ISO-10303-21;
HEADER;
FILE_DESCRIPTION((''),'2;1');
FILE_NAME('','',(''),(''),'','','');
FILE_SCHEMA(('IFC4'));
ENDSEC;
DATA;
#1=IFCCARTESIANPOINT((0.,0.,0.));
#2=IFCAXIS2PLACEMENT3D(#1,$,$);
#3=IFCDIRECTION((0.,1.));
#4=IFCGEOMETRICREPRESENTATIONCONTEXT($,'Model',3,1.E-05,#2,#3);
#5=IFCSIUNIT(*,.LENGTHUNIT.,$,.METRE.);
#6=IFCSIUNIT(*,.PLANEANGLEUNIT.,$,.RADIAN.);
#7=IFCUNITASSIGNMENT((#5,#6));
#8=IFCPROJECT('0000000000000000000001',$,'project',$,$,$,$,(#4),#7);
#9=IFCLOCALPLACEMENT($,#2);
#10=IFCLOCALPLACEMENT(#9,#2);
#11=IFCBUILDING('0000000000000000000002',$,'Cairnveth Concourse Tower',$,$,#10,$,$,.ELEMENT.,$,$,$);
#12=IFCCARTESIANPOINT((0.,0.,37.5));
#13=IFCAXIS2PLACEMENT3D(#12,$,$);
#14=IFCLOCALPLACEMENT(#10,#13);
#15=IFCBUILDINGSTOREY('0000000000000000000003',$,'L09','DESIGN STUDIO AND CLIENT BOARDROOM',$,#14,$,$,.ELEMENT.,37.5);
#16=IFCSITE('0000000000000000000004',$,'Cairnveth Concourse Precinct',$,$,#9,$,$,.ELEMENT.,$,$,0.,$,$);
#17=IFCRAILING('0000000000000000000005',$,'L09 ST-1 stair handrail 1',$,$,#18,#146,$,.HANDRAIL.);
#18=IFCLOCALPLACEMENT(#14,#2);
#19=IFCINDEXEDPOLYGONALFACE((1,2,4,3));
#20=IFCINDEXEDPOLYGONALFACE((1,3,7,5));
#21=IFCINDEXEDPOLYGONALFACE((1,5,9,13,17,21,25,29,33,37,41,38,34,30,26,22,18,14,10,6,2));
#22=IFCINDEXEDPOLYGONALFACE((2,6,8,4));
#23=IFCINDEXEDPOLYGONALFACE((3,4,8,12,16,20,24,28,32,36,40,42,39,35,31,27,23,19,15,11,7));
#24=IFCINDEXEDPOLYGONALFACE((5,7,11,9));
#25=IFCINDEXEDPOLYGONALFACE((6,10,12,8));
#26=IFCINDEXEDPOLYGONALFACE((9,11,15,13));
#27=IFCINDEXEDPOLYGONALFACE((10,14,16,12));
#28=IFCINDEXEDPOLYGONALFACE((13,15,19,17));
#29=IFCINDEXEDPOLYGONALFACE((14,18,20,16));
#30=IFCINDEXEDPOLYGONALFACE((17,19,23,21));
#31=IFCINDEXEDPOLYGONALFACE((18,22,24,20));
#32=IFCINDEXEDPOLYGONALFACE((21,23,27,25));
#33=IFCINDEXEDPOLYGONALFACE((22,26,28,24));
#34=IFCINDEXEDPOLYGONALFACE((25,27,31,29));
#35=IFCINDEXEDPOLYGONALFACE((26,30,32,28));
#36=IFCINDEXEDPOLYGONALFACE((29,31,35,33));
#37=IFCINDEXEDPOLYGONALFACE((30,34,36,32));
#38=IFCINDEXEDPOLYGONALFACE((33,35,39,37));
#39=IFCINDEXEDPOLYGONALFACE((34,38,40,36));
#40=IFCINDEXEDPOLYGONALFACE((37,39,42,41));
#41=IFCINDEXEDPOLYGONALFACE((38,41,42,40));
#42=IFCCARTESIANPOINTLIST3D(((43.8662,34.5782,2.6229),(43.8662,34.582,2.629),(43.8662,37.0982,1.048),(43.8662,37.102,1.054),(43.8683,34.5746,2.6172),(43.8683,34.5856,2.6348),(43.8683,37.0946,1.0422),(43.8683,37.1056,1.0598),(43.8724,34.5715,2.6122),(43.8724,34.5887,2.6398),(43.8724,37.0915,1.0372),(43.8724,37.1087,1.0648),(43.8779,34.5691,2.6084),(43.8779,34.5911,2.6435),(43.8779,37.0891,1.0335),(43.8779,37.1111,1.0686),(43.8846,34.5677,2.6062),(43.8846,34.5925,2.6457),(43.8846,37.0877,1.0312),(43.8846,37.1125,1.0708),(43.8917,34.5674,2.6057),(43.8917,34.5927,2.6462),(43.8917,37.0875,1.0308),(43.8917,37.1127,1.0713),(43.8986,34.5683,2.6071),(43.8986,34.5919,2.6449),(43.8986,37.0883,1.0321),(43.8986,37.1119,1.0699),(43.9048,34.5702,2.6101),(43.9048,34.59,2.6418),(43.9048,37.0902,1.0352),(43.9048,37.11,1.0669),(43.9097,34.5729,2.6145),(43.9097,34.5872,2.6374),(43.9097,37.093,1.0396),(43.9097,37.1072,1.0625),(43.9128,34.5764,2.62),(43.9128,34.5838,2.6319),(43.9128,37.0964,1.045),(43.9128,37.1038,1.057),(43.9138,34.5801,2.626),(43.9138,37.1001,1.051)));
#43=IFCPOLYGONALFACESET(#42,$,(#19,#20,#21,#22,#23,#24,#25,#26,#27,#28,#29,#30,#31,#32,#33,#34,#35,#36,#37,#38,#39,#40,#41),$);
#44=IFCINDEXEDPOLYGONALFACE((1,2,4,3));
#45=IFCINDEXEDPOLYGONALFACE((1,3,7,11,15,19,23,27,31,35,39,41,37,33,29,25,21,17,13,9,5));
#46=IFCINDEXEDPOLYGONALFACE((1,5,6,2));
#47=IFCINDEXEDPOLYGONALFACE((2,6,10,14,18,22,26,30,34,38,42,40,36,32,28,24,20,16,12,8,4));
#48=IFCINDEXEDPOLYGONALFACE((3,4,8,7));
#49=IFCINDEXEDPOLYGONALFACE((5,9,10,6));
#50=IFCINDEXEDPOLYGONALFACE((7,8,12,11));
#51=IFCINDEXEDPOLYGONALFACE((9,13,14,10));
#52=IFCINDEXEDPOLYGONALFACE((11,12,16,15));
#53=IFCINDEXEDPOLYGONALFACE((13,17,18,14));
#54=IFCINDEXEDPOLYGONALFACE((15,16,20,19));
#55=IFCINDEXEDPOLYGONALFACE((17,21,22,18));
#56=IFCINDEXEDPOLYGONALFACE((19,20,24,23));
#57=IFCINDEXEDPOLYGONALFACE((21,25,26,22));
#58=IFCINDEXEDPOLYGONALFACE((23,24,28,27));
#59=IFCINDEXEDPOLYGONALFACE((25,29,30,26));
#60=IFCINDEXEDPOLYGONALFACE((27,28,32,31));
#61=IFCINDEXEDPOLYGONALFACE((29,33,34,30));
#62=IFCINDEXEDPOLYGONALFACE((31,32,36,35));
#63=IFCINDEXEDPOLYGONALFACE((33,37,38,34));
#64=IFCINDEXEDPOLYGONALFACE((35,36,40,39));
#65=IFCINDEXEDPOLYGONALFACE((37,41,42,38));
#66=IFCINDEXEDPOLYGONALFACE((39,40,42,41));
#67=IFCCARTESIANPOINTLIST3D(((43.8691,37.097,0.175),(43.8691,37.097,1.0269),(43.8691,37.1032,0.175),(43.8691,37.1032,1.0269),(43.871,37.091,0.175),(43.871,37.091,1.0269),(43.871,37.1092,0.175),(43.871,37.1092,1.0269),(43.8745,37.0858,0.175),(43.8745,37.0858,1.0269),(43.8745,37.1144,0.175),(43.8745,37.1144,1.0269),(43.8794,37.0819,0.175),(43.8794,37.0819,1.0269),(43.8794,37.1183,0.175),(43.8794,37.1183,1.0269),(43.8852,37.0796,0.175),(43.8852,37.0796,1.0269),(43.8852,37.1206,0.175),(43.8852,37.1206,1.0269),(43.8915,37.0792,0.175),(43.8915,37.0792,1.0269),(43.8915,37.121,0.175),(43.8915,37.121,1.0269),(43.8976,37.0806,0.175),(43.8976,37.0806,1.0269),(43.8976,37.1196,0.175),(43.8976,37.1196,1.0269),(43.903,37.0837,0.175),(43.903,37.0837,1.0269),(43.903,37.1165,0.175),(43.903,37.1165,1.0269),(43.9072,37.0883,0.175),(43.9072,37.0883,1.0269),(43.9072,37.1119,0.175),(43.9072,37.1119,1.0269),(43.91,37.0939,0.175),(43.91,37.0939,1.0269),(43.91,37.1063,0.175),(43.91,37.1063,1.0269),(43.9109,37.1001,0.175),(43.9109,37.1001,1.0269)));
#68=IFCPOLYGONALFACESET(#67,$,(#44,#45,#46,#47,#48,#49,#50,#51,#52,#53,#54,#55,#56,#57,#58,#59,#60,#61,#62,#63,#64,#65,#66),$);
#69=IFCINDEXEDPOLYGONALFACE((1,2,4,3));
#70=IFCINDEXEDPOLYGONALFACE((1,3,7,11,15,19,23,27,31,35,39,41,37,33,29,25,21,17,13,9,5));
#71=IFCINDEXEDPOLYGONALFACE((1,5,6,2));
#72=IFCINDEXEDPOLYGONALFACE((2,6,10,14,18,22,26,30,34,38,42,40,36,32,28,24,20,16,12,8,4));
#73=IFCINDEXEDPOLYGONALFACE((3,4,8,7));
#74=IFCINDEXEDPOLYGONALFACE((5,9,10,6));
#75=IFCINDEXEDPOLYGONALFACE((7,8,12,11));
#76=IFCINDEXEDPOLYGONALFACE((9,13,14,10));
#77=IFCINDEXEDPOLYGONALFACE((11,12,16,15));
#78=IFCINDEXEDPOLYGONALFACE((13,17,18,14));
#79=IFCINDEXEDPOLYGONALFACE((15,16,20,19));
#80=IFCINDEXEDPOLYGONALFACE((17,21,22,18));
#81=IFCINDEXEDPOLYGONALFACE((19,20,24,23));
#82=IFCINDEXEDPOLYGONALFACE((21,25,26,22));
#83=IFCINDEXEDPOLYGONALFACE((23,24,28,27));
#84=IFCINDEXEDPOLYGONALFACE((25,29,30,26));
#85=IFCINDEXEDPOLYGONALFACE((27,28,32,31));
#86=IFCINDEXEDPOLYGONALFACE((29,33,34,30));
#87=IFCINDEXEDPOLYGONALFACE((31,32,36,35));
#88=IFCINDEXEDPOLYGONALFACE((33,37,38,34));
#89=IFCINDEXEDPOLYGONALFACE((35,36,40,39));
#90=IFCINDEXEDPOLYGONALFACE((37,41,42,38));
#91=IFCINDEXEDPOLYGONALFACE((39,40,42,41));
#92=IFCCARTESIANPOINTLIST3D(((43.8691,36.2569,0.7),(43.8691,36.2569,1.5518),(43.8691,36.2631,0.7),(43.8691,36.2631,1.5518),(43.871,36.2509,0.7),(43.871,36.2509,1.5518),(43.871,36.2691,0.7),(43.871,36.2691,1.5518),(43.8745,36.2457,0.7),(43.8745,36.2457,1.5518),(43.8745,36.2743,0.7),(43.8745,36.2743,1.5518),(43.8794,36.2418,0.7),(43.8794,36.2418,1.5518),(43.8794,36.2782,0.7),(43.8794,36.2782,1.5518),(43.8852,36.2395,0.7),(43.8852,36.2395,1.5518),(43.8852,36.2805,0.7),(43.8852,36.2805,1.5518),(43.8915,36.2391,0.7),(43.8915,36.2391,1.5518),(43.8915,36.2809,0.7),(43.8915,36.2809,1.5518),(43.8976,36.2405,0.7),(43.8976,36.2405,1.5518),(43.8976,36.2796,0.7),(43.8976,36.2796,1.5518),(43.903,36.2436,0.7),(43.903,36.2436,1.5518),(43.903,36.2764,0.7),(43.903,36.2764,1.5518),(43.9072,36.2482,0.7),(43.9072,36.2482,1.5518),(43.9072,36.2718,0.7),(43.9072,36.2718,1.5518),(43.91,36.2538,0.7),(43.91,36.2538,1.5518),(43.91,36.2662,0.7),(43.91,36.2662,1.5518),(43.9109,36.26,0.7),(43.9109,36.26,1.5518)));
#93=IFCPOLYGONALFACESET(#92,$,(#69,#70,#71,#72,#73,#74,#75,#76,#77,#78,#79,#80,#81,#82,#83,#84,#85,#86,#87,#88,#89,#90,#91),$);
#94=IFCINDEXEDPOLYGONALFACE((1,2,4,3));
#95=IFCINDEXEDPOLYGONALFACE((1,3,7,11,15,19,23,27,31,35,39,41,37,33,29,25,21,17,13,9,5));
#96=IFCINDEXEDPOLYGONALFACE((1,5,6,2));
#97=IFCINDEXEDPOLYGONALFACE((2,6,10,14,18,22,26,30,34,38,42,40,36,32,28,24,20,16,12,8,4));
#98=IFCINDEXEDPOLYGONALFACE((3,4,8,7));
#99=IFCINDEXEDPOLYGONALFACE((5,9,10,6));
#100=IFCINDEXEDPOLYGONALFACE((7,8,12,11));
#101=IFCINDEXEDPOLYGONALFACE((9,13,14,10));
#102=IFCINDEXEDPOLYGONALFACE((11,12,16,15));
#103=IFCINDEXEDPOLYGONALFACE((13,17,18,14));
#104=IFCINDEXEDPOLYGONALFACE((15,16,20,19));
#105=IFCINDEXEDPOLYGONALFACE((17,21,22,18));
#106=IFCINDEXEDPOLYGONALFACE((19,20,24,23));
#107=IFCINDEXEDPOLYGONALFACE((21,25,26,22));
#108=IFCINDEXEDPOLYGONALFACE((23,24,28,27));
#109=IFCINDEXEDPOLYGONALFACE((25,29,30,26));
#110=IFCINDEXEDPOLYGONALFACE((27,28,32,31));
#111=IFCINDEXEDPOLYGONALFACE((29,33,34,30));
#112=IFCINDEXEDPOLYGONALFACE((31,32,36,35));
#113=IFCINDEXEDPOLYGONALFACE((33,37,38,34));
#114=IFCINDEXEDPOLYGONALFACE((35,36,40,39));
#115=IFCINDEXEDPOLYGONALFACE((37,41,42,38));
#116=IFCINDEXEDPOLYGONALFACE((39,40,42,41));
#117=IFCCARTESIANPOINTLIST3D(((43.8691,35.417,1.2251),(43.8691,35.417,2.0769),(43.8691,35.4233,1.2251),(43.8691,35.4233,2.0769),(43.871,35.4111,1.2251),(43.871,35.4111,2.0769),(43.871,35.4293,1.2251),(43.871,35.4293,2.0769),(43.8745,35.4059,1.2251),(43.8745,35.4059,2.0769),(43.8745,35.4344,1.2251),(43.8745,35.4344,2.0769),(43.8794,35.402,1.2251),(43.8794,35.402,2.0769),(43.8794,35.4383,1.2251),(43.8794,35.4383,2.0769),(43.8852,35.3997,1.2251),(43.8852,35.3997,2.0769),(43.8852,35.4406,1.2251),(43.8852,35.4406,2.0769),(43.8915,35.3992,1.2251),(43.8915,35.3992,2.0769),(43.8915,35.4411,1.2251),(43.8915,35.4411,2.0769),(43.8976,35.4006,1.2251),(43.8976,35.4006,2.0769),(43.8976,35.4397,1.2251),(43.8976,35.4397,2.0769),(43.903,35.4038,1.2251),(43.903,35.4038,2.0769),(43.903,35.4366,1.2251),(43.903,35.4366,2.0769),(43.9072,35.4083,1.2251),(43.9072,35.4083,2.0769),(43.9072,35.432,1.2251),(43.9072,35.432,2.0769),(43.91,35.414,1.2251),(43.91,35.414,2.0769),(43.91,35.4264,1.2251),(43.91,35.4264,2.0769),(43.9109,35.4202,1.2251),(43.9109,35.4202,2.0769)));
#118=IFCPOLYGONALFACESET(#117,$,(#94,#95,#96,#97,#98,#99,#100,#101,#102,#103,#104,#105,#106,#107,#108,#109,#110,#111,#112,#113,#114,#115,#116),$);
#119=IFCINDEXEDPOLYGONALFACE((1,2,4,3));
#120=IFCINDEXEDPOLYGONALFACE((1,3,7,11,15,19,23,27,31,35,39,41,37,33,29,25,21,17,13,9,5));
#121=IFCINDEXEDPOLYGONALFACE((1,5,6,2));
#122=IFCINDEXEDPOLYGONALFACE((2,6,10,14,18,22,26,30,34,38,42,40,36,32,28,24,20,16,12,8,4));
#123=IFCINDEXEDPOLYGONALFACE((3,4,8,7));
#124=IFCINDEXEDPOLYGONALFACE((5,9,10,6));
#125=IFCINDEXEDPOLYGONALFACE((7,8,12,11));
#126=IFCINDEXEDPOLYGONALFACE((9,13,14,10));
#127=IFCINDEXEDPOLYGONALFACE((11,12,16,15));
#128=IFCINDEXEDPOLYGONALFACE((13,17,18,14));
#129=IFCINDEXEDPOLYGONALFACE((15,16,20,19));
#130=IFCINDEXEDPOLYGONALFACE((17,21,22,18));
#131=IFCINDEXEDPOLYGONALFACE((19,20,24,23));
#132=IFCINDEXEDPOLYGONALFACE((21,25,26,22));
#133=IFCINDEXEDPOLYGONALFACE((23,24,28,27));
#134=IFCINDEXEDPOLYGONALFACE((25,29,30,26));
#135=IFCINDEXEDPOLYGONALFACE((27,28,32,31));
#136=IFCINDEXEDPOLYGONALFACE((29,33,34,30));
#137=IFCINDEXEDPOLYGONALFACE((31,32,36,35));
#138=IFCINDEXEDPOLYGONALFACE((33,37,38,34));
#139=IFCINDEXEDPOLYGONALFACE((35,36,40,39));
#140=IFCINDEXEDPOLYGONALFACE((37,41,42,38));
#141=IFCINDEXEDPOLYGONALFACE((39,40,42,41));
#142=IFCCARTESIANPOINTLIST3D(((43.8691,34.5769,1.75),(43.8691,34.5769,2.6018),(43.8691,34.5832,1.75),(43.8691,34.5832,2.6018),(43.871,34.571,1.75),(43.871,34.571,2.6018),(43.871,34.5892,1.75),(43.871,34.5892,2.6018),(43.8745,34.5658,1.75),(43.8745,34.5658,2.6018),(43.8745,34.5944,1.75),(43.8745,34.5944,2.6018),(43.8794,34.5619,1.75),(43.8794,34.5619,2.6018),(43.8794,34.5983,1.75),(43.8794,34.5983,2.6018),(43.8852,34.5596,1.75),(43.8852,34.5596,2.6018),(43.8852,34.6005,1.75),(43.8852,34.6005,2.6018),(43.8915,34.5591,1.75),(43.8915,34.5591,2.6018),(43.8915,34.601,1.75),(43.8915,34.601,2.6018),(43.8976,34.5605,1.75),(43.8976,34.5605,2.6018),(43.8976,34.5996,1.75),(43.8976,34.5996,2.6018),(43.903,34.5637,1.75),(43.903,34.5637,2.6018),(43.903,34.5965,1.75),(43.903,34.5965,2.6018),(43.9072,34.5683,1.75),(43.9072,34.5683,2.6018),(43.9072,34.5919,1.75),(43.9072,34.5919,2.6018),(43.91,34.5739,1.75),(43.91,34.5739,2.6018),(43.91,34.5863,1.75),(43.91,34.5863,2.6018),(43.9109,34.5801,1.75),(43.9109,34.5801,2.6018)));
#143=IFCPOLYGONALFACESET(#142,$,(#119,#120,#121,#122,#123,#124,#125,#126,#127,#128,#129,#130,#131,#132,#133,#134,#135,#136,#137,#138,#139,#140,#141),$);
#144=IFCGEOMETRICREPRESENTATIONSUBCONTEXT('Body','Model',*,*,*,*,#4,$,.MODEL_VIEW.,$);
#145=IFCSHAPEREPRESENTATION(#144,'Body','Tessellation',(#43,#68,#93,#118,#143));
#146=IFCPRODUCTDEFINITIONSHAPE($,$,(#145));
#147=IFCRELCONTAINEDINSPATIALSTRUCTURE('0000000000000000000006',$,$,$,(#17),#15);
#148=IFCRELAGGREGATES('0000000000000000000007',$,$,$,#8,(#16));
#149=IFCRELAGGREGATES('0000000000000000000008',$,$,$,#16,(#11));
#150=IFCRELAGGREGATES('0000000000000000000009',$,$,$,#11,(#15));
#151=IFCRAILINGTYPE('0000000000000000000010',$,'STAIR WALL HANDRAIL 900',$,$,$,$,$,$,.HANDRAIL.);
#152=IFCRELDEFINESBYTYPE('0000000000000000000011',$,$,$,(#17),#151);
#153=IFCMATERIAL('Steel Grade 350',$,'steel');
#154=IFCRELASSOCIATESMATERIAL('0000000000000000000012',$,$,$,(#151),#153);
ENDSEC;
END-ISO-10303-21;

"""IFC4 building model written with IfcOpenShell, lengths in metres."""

from ifc_helpers import new_model, si_unit, direction, frame, origin, origin_2d, place, context, subcontext, project, spatial, circle, extrude, material, type_object, element, save


model = new_model("IFC4")

# Units and contexts
model_context = context("Model", 3, precision=1e-05, world=origin(), true_north=direction((0.0, 1.0)))
body_context = subcontext(model_context, "Body", "Model", "MODEL_VIEW")
ifc_project = project(units=[si_unit("LENGTHUNIT", "METRE"), si_unit("PLANEANGLEUNIT", "RADIAN")], contexts=[model_context])

# Site, building, storey
site_placement = place(None, origin())
site = spatial("IfcSite", under=ifc_project, at=site_placement, Name="Cairnveth Concourse Precinct", CompositionType="ELEMENT", RefElevation=0.0)
building_placement = place(site_placement, origin())
building = spatial("IfcBuilding", under=site, at=building_placement, Name="Cairnveth Concourse Tower", CompositionType="ELEMENT")
storey_placement = place(building_placement, frame((0.0, 0.0, 37.5)))
storey = spatial("IfcBuildingStorey", under=building, at=storey_placement, Name="L09", Description="DESIGN STUDIO AND CLIENT BOARDROOM", CompositionType="ELEMENT", Elevation=37.5)

# Railing
ifc_material_1 = material(Name="Steel Grade 350", Category="steel")
railing_type_1 = type_object("IfcRailingType", Name="STAIR WALL HANDRAIL 900", PredefinedType="HANDRAIL", material=ifc_material_1)
railing_1_placement = place(storey_placement, frame((43.8899, 37.1001, 0.175)))
element("IfcRailing", 1, at=railing_1_placement, inside=storey, type_object=railing_type_1, Name="L09 ST-1 stair handrail 1", PredefinedType="HANDRAIL", context=body_context, shape_type="SweptSolid", body=[
    extrude(circle(Radius=0.0239, at=origin_2d()), frame((0.0, 0.0, 0.876), z_axis=(0.0, -0.848008, 0.529984), x_axis=(1.0, 0.0, 0.0)), (0.0, 0.0, 1.0), 2.9717),
    extrude(circle(Radius=0.021, at=origin_2d()), origin(), (0.0, 0.0, 1.0), 0.8518),
    extrude(circle(Radius=0.021, at=origin_2d()), frame((0.0, -0.8401, 0.5249)), (0.0, 0.0, 1.0), 0.8518),
    extrude(circle(Radius=0.021, at=origin_2d()), frame((0.0, -1.6799, 1.05)), (0.0, 0.0, 1.0), 0.8518),
    extrude(circle(Radius=0.021, at=origin_2d()), frame((0.0, -2.52, 1.575)), (0.0, 0.0, 1.0), 0.8518),
])

save(model, "model.ifc")
